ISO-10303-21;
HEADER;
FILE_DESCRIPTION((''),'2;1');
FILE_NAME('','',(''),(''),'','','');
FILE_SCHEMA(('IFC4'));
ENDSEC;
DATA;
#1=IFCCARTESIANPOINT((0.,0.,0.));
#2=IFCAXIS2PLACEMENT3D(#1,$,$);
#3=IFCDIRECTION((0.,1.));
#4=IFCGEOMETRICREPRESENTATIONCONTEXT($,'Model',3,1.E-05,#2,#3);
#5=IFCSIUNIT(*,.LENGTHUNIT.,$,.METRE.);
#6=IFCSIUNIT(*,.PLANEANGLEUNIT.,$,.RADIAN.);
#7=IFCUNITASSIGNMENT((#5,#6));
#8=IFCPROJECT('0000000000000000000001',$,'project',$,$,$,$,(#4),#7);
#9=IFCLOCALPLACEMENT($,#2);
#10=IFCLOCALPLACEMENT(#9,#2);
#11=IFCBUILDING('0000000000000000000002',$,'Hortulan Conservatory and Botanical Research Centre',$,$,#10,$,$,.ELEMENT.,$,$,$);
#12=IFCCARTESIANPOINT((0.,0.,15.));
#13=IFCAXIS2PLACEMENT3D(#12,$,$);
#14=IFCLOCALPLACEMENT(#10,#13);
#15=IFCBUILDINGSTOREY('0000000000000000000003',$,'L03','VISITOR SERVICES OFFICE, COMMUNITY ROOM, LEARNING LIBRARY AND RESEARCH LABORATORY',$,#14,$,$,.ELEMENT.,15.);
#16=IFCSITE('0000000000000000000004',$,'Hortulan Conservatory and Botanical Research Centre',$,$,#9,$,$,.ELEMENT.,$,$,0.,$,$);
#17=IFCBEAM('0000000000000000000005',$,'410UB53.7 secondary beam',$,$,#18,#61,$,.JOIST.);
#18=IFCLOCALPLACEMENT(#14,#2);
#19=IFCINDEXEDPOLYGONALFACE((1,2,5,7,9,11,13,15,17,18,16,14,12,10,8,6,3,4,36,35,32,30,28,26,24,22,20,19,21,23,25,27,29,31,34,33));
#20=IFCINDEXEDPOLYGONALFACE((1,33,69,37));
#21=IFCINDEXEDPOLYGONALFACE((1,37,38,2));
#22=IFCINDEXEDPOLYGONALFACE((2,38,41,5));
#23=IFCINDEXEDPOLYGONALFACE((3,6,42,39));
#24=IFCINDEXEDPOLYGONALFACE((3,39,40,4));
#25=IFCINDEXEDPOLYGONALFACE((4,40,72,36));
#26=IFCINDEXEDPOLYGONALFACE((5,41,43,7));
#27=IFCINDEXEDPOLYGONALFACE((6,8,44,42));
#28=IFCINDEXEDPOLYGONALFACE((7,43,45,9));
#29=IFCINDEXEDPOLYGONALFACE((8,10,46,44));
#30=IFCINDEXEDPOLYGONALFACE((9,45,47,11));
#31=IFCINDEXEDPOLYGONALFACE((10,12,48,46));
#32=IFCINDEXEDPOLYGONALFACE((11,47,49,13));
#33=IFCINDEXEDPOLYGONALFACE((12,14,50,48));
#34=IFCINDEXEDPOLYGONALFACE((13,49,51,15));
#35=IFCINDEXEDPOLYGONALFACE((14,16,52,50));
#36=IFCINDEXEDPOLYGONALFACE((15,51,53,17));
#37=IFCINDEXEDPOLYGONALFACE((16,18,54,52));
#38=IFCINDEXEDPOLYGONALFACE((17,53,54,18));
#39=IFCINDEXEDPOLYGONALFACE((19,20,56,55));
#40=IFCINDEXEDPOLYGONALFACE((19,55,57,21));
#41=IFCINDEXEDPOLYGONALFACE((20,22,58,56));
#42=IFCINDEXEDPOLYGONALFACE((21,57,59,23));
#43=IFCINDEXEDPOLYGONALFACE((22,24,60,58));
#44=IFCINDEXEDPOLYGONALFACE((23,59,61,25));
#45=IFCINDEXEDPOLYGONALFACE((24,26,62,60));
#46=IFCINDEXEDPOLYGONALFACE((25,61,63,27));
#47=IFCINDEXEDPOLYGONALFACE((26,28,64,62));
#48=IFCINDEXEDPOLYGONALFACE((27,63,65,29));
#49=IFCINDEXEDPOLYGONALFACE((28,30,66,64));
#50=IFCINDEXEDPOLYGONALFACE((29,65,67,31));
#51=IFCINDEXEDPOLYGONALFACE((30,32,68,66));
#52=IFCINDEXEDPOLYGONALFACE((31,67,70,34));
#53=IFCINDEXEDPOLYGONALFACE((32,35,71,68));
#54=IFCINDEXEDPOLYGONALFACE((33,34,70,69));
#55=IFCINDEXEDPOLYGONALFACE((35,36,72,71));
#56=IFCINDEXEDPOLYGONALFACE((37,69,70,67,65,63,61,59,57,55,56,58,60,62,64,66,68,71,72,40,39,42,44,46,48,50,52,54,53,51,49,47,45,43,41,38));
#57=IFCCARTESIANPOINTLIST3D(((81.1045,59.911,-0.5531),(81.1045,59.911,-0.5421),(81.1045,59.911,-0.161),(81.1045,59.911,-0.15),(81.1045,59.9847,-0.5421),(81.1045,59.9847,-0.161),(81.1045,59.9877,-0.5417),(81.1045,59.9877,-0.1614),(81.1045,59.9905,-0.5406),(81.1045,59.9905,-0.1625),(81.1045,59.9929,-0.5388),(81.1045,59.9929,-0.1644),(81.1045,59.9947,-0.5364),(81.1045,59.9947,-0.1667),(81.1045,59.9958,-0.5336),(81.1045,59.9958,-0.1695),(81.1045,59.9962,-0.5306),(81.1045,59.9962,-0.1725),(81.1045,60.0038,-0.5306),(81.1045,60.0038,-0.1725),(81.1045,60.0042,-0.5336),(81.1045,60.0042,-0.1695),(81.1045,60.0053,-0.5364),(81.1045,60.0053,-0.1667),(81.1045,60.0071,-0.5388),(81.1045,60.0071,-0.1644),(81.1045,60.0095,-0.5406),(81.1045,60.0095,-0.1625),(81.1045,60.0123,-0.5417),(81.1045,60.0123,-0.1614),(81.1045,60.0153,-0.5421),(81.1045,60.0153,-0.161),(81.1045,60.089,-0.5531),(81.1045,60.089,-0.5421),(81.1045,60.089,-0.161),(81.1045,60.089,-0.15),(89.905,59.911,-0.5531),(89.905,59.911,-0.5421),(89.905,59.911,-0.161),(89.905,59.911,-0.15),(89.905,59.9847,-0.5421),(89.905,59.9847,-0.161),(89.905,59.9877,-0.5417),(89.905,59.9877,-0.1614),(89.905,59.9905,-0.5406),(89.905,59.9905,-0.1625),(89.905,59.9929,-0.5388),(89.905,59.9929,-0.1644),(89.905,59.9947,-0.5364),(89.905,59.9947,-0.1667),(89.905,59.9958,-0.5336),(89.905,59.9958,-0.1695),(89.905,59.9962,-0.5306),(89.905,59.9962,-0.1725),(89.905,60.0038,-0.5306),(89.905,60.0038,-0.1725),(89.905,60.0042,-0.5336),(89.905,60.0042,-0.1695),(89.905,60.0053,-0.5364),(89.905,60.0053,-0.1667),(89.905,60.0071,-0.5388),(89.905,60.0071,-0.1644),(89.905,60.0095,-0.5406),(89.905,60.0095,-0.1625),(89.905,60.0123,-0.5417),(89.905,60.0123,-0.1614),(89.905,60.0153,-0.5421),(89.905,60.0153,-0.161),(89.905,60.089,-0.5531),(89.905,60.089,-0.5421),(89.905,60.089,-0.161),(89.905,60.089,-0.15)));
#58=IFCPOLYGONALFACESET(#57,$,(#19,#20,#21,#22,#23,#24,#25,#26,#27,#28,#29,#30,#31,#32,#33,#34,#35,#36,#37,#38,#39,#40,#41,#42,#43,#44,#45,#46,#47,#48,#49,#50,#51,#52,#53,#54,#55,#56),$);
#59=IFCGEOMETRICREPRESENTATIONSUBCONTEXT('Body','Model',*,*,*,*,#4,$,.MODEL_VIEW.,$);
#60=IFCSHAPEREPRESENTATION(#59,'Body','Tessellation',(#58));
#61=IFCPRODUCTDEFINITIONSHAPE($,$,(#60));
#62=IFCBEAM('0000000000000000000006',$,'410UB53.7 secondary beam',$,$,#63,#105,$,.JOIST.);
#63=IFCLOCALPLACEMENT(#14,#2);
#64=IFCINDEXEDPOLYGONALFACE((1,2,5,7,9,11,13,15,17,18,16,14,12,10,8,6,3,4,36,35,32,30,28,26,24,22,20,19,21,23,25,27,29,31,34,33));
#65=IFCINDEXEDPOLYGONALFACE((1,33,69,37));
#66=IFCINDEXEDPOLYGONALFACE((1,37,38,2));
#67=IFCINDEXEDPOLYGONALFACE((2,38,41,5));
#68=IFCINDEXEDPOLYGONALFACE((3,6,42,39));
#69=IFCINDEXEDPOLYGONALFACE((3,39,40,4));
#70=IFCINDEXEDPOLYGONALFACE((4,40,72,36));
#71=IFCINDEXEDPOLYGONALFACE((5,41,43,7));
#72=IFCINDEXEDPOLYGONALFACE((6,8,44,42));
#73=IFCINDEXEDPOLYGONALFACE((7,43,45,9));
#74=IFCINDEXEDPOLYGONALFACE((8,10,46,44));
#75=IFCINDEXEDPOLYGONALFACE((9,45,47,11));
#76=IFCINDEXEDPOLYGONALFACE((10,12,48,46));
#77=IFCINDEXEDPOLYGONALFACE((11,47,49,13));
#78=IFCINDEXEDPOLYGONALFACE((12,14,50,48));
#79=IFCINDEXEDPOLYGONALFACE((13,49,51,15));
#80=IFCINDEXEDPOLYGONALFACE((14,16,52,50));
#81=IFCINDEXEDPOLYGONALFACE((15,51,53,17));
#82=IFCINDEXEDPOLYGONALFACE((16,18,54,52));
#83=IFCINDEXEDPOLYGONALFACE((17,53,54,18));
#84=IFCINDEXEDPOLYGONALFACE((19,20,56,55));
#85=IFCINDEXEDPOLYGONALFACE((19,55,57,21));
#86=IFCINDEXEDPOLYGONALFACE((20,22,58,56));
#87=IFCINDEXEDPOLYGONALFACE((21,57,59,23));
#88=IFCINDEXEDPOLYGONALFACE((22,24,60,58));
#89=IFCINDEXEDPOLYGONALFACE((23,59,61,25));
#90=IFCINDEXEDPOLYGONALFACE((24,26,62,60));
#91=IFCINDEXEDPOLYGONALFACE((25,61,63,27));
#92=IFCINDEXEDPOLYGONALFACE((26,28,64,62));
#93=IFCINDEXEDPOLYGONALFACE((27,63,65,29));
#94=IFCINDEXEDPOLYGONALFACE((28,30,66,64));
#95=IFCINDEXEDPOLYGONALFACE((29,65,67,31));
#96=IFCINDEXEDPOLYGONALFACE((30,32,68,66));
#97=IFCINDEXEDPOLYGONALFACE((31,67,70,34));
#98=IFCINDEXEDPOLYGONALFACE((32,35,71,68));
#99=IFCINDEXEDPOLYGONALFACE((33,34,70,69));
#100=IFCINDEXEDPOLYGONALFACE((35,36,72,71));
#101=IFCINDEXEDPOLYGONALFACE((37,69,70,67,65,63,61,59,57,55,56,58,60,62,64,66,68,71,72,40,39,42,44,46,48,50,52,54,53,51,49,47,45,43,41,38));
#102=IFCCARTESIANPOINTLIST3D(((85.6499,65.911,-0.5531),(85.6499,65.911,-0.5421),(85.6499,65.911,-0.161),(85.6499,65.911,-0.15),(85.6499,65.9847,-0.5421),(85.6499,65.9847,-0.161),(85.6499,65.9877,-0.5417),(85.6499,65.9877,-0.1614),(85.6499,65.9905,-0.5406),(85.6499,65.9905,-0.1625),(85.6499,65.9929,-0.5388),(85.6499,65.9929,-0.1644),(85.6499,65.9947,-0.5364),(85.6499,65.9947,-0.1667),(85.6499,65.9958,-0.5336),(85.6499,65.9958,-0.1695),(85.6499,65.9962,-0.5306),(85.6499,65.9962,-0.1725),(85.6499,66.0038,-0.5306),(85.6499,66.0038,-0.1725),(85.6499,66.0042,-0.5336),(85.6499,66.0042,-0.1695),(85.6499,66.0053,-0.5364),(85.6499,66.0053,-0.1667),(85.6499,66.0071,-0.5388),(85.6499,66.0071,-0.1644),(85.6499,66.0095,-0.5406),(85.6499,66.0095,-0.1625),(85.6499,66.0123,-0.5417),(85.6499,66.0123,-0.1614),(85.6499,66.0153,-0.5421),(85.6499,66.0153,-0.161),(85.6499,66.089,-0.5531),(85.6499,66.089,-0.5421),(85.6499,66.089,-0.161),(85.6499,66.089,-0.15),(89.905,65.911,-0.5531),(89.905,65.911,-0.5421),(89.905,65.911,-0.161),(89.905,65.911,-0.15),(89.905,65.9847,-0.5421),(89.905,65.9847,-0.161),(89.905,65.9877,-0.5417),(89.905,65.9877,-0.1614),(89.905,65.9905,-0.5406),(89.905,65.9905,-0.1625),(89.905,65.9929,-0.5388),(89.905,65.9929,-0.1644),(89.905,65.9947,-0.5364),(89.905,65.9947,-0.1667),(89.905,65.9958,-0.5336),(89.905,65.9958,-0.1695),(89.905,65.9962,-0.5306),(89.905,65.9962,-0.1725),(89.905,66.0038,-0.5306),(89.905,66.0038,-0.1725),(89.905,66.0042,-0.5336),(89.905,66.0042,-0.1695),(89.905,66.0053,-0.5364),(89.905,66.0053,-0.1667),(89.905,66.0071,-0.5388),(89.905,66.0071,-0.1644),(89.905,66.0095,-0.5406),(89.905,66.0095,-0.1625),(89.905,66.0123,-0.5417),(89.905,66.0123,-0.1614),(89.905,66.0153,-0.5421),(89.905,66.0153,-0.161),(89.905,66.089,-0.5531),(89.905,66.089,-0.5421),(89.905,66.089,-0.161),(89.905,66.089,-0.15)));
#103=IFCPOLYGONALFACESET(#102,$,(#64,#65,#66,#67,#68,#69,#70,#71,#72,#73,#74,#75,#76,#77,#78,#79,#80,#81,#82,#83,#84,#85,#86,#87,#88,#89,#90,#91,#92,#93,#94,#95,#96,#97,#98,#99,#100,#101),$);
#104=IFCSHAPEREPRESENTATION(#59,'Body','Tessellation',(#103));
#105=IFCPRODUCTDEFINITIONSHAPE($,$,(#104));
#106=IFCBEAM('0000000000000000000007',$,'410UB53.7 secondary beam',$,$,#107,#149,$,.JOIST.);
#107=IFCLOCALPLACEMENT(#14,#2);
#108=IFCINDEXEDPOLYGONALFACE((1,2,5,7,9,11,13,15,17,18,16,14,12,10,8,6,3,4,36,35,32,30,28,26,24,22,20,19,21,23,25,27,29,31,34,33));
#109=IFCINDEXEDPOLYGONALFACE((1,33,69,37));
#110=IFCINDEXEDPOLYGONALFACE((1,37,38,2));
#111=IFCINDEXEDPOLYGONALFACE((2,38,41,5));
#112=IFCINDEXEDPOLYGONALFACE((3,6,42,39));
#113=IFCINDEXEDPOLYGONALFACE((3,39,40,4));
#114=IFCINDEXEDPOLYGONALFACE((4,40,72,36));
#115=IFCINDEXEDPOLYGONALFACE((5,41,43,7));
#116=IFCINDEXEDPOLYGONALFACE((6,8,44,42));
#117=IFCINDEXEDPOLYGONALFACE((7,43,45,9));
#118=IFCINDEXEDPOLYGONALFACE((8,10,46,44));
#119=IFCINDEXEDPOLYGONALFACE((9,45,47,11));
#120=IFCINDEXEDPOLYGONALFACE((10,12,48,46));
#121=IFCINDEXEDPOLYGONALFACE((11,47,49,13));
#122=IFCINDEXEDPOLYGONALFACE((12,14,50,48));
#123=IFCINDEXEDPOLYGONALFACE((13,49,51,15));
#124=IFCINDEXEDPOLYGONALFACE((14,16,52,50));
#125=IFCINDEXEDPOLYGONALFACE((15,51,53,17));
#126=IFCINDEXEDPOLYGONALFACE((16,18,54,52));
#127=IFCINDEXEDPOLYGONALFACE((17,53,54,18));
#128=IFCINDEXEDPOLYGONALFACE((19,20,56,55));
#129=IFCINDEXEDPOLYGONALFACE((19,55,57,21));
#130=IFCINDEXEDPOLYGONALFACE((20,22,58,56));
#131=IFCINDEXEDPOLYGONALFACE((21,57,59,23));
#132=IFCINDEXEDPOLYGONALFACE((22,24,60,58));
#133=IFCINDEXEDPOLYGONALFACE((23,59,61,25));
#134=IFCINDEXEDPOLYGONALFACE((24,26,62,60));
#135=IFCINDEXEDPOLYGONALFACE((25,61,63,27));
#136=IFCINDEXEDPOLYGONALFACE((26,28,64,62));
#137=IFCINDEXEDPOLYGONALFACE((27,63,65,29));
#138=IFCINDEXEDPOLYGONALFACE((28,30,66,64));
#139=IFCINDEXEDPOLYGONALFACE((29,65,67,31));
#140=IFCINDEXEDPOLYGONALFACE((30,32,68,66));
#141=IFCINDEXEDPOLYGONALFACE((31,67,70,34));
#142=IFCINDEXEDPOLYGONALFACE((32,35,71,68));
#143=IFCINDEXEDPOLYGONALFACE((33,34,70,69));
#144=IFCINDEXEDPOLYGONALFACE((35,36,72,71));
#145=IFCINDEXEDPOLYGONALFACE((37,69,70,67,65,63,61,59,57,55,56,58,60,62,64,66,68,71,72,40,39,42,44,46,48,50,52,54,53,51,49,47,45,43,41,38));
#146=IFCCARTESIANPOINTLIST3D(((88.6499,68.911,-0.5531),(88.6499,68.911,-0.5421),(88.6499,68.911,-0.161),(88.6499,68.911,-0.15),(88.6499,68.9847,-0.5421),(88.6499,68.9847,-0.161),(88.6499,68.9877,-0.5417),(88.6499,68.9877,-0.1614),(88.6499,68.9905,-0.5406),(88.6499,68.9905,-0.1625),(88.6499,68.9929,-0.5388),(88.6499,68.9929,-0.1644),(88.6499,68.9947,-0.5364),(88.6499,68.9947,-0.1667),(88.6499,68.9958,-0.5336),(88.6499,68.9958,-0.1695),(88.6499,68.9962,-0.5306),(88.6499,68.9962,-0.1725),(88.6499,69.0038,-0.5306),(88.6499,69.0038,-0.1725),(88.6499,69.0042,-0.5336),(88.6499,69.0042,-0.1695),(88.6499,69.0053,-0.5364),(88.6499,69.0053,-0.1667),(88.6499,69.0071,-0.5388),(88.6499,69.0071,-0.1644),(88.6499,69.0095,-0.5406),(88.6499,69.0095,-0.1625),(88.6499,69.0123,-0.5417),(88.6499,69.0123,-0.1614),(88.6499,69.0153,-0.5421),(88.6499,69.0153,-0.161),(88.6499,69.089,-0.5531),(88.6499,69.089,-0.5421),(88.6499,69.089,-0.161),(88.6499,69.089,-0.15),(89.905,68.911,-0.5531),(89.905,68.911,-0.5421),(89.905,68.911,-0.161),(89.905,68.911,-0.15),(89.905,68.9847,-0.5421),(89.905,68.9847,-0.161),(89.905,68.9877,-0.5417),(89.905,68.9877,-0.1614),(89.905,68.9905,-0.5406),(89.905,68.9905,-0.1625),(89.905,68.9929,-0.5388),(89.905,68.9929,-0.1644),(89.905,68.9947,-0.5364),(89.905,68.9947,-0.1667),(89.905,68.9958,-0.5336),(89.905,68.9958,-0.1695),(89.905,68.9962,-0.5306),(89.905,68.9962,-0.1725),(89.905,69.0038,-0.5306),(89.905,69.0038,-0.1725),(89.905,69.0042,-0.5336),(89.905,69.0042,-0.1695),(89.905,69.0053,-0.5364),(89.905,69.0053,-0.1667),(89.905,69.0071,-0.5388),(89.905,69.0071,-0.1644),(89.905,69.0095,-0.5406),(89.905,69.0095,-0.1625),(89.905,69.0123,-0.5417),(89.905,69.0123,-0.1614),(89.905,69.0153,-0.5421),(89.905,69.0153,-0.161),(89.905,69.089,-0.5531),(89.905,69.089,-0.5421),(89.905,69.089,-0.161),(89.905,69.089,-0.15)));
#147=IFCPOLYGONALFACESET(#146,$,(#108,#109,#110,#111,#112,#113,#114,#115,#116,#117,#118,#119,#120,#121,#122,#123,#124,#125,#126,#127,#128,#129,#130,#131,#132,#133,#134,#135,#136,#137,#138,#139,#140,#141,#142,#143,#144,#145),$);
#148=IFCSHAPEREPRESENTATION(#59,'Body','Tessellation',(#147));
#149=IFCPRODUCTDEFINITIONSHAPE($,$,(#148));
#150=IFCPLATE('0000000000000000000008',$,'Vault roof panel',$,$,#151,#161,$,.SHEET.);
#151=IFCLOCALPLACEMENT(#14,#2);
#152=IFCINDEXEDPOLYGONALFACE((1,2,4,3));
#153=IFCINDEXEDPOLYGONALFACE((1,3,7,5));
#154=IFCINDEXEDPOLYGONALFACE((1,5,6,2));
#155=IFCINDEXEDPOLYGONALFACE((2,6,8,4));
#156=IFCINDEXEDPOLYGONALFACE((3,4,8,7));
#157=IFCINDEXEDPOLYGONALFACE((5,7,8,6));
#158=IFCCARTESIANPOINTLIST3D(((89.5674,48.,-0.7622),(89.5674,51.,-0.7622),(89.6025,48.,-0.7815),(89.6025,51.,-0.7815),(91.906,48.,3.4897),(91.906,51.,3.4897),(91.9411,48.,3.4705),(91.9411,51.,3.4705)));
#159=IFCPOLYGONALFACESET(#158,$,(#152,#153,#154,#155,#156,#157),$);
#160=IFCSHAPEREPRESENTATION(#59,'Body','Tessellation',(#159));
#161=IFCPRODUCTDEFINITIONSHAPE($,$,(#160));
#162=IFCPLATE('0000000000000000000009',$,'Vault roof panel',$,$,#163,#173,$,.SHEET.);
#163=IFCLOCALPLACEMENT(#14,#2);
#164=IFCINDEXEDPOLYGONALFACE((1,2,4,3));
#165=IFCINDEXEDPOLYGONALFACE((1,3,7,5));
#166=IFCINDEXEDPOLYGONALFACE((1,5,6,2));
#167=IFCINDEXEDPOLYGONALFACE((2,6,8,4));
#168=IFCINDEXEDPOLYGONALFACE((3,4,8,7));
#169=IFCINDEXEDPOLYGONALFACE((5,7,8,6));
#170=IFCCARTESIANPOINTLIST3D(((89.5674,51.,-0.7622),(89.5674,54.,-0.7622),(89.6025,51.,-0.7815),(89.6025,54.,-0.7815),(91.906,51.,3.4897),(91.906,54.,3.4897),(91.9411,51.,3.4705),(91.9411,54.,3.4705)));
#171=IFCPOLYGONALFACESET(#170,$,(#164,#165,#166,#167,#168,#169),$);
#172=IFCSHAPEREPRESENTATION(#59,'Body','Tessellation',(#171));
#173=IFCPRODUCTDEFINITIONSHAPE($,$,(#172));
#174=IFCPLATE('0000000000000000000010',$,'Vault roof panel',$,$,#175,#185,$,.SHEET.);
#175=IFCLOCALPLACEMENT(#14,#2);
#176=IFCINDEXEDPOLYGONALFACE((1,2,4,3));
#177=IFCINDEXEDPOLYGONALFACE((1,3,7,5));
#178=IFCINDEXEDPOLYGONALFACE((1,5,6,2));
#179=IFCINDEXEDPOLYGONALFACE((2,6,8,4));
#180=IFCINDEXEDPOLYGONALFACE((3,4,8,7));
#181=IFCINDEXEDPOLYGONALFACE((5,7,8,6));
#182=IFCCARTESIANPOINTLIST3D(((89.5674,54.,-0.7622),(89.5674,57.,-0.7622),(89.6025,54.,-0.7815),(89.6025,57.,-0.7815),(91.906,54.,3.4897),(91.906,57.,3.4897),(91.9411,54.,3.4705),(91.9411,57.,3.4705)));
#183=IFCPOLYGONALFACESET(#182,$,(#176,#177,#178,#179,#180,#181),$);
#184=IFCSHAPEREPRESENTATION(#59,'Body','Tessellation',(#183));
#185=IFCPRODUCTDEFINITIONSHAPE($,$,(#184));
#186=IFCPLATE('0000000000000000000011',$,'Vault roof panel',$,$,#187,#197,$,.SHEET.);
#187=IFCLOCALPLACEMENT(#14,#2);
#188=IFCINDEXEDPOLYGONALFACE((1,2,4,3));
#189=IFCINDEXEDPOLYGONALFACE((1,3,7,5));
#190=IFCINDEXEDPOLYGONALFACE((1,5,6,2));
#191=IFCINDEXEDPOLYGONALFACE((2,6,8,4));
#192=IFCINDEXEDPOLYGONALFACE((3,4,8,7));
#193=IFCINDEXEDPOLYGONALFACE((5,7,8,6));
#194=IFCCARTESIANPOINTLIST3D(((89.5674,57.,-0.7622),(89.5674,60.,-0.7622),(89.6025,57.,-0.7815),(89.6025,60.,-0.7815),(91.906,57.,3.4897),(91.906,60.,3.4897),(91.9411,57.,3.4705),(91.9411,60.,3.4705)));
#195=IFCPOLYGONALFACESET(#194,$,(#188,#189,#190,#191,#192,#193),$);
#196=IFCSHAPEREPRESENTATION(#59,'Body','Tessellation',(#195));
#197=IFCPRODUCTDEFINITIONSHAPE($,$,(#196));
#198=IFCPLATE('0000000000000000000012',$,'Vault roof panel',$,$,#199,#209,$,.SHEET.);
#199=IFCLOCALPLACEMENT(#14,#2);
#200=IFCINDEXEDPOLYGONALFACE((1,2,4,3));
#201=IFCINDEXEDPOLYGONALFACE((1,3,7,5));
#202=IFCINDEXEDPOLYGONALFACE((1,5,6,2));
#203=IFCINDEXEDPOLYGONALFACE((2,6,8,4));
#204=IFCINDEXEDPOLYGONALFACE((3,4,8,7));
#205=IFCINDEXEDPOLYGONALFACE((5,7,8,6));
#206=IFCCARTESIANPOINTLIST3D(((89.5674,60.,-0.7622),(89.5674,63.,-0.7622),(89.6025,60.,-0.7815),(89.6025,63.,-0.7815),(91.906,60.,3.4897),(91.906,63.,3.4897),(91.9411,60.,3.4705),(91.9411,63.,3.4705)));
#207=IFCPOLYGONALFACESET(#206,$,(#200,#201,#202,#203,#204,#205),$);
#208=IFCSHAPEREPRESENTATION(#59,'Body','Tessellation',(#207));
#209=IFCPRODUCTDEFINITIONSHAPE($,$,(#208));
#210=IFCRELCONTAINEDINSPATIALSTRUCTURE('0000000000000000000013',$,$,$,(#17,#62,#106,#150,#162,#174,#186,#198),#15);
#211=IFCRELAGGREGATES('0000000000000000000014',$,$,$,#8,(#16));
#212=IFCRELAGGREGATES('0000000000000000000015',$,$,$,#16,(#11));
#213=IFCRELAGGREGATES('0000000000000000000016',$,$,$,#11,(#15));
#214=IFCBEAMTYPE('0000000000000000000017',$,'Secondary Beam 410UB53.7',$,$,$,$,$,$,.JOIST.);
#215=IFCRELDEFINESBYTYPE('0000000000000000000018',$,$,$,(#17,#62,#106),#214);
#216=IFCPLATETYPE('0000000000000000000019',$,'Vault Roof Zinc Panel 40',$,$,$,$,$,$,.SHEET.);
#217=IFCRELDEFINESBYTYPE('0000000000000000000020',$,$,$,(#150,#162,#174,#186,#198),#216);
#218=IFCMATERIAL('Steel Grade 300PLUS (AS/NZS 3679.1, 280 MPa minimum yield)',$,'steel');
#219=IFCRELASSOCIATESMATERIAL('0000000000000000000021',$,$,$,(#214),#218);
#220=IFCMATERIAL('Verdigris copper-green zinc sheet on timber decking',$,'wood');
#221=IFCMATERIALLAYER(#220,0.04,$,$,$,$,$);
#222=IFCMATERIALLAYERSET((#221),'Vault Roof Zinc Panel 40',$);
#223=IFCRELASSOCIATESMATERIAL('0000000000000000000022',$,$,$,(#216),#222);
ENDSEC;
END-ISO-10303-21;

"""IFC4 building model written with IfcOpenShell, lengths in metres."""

from ifc_helpers import new_model, si_unit, direction, frame, origin, origin_2d, place, context, subcontext, project, spatial, polyline, i_section, outline, extrude, material, layer, layer_set, material_profile, profile_set, type_object, element, save


model = new_model("IFC4")

# Units and contexts
model_context = context("Model", 3, precision=1e-05, world=origin(), true_north=direction((0.0, 1.0)))
body_context = subcontext(model_context, "Body", "Model", "MODEL_VIEW")
ifc_project = project(units=[si_unit("LENGTHUNIT", "METRE"), si_unit("PLANEANGLEUNIT", "RADIAN")], contexts=[model_context])

# Site, building, storey
site_placement = place(None, origin())
site = spatial("IfcSite", under=ifc_project, at=site_placement, Name="Hortulan Conservatory and Botanical Research Centre", CompositionType="ELEMENT", RefElevation=0.0)
building_placement = place(site_placement, origin())
building = spatial("IfcBuilding", under=site, at=building_placement, Name="Hortulan Conservatory and Botanical Research Centre", CompositionType="ELEMENT")
storey_placement = place(building_placement, frame((0.0, 0.0, 15.0)))
storey = spatial("IfcBuildingStorey", under=building, at=storey_placement, Name="L03", Description="VISITOR SERVICES OFFICE, COMMUNITY ROOM, LEARNING LIBRARY AND RESEARCH LABORATORY", CompositionType="ELEMENT", Elevation=15.0)

# Beams
ifc_material_1 = material(Name="Steel Grade 300PLUS (AS/NZS 3679.1, 280 MPa minimum yield)", Category="steel")
ifc_material_profile_1 = material_profile(ifc_material_1, i_section(OverallWidth=0.178, OverallDepth=0.4031, WebThickness=0.0076, FlangeThickness=0.011, FilletRadius=0.0115, at=origin_2d()), Name="410UB53.7")
ifc_profile_set_1 = profile_set([ifc_material_profile_1], Name="Steel Grade 300PLUS (AS/NZS 3679.1, 280 MPa minimum yield)")
beam_type_1 = type_object("IfcBeamType", Name="Secondary Beam 410UB53.7", PredefinedType="JOIST", material=ifc_profile_set_1)
for number, where, z_axis, x_axis, name in (
    (1, (81.1045, 60.0, -0.3516), (1.0, 0.0, 0.0), (0.0, 1.0, 0.0), "410UB53.7 secondary beam"),
):
    element("IfcBeam", number, at=place(storey_placement, frame(where, z_axis=z_axis, x_axis=x_axis)), inside=storey, type_object=beam_type_1, Name=name, PredefinedType="JOIST", context=body_context, shape_type="SweptSolid", body=[
        extrude(i_section(OverallWidth=0.178, OverallDepth=0.4031, WebThickness=0.0076, FlangeThickness=0.011, FilletRadius=0.0115, at=origin_2d()), origin(), (0.0, 0.0, 1.0), 8.8005),
    ])
beam_1_placement = place(storey_placement, frame((85.6499, 66.0, -0.3516), z_axis=(1.0, 0.0, 0.0), x_axis=(0.0, 1.0, 0.0)))
element("IfcBeam", 2, at=beam_1_placement, inside=storey, type_object=beam_type_1, Name="410UB53.7 secondary beam", PredefinedType="JOIST", context=body_context, shape_type="SweptSolid", body=[
    extrude(i_section(OverallWidth=0.178, OverallDepth=0.4031, WebThickness=0.0076, FlangeThickness=0.011, FilletRadius=0.0115, at=origin_2d()), origin(), (0.0, 0.0, 1.0), 4.2551),
])
beam_2_placement = place(storey_placement, frame((88.6499, 69.0, -0.3516), z_axis=(1.0, 0.0, 0.0), x_axis=(0.0, 1.0, 0.0)))
element("IfcBeam", 3, at=beam_2_placement, inside=storey, type_object=beam_type_1, Name="410UB53.7 secondary beam", PredefinedType="JOIST", context=body_context, shape_type="SweptSolid", body=[
    extrude(i_section(OverallWidth=0.178, OverallDepth=0.4031, WebThickness=0.0076, FlangeThickness=0.011, FilletRadius=0.0115, at=origin_2d()), origin(), (0.0, 0.0, 1.0), 1.2551),
])

# Plates
ifc_material_2 = material(Name="Verdigris copper-green zinc sheet on timber decking", Category="wood")
ifc_layer_1 = layer(ifc_material_2, 0.04)
ifc_layer_set_1 = layer_set([ifc_layer_1], Name="Vault Roof Zinc Panel 40")
plate_type = type_object("IfcPlateType", Name="Vault Roof Zinc Panel 40", PredefinedType="SHEET", material=ifc_layer_set_1)
for number, where, z_axis, x_axis, name in (
    (4, (89.5674, 48.0, -0.7622), (-0.876212, 0.0, 0.481926), (0.481926, 0.0, 0.876212), "Vault roof panel"),
    (5, (89.5674, 51.0, -0.7622), (-0.876212, 0.0, 0.481926), (0.481926, 0.0, 0.876212), "Vault roof panel"),
    (6, (89.5674, 54.0, -0.7622), (-0.876212, 0.0, 0.481926), (0.481926, 0.0, 0.876212), "Vault roof panel"),
    (7, (89.5674, 57.0, -0.7622), (-0.876212, 0.0, 0.481926), (0.481926, 0.0, 0.876212), "Vault roof panel"),
    (8, (89.5674, 60.0, -0.7622), (-0.876212, 0.0, 0.481926), (0.481926, 0.0, 0.876212), "Vault roof panel"),
):
    element("IfcPlate", number, at=place(storey_placement, frame(where, z_axis=z_axis, x_axis=x_axis)), inside=storey, type_object=plate_type, Name=name, PredefinedType="SHEET", context=body_context, shape_type="SweptSolid", body=[
        extrude(outline(polyline([(0.0, 0.0), (4.8527, 0.0), (4.8527, 3.0), (0.0, 3.0), (0.0, 0.0)])), origin(), (0.0, 0.0, -1.0), 0.04),
    ])

save(model, "model.ifc")
